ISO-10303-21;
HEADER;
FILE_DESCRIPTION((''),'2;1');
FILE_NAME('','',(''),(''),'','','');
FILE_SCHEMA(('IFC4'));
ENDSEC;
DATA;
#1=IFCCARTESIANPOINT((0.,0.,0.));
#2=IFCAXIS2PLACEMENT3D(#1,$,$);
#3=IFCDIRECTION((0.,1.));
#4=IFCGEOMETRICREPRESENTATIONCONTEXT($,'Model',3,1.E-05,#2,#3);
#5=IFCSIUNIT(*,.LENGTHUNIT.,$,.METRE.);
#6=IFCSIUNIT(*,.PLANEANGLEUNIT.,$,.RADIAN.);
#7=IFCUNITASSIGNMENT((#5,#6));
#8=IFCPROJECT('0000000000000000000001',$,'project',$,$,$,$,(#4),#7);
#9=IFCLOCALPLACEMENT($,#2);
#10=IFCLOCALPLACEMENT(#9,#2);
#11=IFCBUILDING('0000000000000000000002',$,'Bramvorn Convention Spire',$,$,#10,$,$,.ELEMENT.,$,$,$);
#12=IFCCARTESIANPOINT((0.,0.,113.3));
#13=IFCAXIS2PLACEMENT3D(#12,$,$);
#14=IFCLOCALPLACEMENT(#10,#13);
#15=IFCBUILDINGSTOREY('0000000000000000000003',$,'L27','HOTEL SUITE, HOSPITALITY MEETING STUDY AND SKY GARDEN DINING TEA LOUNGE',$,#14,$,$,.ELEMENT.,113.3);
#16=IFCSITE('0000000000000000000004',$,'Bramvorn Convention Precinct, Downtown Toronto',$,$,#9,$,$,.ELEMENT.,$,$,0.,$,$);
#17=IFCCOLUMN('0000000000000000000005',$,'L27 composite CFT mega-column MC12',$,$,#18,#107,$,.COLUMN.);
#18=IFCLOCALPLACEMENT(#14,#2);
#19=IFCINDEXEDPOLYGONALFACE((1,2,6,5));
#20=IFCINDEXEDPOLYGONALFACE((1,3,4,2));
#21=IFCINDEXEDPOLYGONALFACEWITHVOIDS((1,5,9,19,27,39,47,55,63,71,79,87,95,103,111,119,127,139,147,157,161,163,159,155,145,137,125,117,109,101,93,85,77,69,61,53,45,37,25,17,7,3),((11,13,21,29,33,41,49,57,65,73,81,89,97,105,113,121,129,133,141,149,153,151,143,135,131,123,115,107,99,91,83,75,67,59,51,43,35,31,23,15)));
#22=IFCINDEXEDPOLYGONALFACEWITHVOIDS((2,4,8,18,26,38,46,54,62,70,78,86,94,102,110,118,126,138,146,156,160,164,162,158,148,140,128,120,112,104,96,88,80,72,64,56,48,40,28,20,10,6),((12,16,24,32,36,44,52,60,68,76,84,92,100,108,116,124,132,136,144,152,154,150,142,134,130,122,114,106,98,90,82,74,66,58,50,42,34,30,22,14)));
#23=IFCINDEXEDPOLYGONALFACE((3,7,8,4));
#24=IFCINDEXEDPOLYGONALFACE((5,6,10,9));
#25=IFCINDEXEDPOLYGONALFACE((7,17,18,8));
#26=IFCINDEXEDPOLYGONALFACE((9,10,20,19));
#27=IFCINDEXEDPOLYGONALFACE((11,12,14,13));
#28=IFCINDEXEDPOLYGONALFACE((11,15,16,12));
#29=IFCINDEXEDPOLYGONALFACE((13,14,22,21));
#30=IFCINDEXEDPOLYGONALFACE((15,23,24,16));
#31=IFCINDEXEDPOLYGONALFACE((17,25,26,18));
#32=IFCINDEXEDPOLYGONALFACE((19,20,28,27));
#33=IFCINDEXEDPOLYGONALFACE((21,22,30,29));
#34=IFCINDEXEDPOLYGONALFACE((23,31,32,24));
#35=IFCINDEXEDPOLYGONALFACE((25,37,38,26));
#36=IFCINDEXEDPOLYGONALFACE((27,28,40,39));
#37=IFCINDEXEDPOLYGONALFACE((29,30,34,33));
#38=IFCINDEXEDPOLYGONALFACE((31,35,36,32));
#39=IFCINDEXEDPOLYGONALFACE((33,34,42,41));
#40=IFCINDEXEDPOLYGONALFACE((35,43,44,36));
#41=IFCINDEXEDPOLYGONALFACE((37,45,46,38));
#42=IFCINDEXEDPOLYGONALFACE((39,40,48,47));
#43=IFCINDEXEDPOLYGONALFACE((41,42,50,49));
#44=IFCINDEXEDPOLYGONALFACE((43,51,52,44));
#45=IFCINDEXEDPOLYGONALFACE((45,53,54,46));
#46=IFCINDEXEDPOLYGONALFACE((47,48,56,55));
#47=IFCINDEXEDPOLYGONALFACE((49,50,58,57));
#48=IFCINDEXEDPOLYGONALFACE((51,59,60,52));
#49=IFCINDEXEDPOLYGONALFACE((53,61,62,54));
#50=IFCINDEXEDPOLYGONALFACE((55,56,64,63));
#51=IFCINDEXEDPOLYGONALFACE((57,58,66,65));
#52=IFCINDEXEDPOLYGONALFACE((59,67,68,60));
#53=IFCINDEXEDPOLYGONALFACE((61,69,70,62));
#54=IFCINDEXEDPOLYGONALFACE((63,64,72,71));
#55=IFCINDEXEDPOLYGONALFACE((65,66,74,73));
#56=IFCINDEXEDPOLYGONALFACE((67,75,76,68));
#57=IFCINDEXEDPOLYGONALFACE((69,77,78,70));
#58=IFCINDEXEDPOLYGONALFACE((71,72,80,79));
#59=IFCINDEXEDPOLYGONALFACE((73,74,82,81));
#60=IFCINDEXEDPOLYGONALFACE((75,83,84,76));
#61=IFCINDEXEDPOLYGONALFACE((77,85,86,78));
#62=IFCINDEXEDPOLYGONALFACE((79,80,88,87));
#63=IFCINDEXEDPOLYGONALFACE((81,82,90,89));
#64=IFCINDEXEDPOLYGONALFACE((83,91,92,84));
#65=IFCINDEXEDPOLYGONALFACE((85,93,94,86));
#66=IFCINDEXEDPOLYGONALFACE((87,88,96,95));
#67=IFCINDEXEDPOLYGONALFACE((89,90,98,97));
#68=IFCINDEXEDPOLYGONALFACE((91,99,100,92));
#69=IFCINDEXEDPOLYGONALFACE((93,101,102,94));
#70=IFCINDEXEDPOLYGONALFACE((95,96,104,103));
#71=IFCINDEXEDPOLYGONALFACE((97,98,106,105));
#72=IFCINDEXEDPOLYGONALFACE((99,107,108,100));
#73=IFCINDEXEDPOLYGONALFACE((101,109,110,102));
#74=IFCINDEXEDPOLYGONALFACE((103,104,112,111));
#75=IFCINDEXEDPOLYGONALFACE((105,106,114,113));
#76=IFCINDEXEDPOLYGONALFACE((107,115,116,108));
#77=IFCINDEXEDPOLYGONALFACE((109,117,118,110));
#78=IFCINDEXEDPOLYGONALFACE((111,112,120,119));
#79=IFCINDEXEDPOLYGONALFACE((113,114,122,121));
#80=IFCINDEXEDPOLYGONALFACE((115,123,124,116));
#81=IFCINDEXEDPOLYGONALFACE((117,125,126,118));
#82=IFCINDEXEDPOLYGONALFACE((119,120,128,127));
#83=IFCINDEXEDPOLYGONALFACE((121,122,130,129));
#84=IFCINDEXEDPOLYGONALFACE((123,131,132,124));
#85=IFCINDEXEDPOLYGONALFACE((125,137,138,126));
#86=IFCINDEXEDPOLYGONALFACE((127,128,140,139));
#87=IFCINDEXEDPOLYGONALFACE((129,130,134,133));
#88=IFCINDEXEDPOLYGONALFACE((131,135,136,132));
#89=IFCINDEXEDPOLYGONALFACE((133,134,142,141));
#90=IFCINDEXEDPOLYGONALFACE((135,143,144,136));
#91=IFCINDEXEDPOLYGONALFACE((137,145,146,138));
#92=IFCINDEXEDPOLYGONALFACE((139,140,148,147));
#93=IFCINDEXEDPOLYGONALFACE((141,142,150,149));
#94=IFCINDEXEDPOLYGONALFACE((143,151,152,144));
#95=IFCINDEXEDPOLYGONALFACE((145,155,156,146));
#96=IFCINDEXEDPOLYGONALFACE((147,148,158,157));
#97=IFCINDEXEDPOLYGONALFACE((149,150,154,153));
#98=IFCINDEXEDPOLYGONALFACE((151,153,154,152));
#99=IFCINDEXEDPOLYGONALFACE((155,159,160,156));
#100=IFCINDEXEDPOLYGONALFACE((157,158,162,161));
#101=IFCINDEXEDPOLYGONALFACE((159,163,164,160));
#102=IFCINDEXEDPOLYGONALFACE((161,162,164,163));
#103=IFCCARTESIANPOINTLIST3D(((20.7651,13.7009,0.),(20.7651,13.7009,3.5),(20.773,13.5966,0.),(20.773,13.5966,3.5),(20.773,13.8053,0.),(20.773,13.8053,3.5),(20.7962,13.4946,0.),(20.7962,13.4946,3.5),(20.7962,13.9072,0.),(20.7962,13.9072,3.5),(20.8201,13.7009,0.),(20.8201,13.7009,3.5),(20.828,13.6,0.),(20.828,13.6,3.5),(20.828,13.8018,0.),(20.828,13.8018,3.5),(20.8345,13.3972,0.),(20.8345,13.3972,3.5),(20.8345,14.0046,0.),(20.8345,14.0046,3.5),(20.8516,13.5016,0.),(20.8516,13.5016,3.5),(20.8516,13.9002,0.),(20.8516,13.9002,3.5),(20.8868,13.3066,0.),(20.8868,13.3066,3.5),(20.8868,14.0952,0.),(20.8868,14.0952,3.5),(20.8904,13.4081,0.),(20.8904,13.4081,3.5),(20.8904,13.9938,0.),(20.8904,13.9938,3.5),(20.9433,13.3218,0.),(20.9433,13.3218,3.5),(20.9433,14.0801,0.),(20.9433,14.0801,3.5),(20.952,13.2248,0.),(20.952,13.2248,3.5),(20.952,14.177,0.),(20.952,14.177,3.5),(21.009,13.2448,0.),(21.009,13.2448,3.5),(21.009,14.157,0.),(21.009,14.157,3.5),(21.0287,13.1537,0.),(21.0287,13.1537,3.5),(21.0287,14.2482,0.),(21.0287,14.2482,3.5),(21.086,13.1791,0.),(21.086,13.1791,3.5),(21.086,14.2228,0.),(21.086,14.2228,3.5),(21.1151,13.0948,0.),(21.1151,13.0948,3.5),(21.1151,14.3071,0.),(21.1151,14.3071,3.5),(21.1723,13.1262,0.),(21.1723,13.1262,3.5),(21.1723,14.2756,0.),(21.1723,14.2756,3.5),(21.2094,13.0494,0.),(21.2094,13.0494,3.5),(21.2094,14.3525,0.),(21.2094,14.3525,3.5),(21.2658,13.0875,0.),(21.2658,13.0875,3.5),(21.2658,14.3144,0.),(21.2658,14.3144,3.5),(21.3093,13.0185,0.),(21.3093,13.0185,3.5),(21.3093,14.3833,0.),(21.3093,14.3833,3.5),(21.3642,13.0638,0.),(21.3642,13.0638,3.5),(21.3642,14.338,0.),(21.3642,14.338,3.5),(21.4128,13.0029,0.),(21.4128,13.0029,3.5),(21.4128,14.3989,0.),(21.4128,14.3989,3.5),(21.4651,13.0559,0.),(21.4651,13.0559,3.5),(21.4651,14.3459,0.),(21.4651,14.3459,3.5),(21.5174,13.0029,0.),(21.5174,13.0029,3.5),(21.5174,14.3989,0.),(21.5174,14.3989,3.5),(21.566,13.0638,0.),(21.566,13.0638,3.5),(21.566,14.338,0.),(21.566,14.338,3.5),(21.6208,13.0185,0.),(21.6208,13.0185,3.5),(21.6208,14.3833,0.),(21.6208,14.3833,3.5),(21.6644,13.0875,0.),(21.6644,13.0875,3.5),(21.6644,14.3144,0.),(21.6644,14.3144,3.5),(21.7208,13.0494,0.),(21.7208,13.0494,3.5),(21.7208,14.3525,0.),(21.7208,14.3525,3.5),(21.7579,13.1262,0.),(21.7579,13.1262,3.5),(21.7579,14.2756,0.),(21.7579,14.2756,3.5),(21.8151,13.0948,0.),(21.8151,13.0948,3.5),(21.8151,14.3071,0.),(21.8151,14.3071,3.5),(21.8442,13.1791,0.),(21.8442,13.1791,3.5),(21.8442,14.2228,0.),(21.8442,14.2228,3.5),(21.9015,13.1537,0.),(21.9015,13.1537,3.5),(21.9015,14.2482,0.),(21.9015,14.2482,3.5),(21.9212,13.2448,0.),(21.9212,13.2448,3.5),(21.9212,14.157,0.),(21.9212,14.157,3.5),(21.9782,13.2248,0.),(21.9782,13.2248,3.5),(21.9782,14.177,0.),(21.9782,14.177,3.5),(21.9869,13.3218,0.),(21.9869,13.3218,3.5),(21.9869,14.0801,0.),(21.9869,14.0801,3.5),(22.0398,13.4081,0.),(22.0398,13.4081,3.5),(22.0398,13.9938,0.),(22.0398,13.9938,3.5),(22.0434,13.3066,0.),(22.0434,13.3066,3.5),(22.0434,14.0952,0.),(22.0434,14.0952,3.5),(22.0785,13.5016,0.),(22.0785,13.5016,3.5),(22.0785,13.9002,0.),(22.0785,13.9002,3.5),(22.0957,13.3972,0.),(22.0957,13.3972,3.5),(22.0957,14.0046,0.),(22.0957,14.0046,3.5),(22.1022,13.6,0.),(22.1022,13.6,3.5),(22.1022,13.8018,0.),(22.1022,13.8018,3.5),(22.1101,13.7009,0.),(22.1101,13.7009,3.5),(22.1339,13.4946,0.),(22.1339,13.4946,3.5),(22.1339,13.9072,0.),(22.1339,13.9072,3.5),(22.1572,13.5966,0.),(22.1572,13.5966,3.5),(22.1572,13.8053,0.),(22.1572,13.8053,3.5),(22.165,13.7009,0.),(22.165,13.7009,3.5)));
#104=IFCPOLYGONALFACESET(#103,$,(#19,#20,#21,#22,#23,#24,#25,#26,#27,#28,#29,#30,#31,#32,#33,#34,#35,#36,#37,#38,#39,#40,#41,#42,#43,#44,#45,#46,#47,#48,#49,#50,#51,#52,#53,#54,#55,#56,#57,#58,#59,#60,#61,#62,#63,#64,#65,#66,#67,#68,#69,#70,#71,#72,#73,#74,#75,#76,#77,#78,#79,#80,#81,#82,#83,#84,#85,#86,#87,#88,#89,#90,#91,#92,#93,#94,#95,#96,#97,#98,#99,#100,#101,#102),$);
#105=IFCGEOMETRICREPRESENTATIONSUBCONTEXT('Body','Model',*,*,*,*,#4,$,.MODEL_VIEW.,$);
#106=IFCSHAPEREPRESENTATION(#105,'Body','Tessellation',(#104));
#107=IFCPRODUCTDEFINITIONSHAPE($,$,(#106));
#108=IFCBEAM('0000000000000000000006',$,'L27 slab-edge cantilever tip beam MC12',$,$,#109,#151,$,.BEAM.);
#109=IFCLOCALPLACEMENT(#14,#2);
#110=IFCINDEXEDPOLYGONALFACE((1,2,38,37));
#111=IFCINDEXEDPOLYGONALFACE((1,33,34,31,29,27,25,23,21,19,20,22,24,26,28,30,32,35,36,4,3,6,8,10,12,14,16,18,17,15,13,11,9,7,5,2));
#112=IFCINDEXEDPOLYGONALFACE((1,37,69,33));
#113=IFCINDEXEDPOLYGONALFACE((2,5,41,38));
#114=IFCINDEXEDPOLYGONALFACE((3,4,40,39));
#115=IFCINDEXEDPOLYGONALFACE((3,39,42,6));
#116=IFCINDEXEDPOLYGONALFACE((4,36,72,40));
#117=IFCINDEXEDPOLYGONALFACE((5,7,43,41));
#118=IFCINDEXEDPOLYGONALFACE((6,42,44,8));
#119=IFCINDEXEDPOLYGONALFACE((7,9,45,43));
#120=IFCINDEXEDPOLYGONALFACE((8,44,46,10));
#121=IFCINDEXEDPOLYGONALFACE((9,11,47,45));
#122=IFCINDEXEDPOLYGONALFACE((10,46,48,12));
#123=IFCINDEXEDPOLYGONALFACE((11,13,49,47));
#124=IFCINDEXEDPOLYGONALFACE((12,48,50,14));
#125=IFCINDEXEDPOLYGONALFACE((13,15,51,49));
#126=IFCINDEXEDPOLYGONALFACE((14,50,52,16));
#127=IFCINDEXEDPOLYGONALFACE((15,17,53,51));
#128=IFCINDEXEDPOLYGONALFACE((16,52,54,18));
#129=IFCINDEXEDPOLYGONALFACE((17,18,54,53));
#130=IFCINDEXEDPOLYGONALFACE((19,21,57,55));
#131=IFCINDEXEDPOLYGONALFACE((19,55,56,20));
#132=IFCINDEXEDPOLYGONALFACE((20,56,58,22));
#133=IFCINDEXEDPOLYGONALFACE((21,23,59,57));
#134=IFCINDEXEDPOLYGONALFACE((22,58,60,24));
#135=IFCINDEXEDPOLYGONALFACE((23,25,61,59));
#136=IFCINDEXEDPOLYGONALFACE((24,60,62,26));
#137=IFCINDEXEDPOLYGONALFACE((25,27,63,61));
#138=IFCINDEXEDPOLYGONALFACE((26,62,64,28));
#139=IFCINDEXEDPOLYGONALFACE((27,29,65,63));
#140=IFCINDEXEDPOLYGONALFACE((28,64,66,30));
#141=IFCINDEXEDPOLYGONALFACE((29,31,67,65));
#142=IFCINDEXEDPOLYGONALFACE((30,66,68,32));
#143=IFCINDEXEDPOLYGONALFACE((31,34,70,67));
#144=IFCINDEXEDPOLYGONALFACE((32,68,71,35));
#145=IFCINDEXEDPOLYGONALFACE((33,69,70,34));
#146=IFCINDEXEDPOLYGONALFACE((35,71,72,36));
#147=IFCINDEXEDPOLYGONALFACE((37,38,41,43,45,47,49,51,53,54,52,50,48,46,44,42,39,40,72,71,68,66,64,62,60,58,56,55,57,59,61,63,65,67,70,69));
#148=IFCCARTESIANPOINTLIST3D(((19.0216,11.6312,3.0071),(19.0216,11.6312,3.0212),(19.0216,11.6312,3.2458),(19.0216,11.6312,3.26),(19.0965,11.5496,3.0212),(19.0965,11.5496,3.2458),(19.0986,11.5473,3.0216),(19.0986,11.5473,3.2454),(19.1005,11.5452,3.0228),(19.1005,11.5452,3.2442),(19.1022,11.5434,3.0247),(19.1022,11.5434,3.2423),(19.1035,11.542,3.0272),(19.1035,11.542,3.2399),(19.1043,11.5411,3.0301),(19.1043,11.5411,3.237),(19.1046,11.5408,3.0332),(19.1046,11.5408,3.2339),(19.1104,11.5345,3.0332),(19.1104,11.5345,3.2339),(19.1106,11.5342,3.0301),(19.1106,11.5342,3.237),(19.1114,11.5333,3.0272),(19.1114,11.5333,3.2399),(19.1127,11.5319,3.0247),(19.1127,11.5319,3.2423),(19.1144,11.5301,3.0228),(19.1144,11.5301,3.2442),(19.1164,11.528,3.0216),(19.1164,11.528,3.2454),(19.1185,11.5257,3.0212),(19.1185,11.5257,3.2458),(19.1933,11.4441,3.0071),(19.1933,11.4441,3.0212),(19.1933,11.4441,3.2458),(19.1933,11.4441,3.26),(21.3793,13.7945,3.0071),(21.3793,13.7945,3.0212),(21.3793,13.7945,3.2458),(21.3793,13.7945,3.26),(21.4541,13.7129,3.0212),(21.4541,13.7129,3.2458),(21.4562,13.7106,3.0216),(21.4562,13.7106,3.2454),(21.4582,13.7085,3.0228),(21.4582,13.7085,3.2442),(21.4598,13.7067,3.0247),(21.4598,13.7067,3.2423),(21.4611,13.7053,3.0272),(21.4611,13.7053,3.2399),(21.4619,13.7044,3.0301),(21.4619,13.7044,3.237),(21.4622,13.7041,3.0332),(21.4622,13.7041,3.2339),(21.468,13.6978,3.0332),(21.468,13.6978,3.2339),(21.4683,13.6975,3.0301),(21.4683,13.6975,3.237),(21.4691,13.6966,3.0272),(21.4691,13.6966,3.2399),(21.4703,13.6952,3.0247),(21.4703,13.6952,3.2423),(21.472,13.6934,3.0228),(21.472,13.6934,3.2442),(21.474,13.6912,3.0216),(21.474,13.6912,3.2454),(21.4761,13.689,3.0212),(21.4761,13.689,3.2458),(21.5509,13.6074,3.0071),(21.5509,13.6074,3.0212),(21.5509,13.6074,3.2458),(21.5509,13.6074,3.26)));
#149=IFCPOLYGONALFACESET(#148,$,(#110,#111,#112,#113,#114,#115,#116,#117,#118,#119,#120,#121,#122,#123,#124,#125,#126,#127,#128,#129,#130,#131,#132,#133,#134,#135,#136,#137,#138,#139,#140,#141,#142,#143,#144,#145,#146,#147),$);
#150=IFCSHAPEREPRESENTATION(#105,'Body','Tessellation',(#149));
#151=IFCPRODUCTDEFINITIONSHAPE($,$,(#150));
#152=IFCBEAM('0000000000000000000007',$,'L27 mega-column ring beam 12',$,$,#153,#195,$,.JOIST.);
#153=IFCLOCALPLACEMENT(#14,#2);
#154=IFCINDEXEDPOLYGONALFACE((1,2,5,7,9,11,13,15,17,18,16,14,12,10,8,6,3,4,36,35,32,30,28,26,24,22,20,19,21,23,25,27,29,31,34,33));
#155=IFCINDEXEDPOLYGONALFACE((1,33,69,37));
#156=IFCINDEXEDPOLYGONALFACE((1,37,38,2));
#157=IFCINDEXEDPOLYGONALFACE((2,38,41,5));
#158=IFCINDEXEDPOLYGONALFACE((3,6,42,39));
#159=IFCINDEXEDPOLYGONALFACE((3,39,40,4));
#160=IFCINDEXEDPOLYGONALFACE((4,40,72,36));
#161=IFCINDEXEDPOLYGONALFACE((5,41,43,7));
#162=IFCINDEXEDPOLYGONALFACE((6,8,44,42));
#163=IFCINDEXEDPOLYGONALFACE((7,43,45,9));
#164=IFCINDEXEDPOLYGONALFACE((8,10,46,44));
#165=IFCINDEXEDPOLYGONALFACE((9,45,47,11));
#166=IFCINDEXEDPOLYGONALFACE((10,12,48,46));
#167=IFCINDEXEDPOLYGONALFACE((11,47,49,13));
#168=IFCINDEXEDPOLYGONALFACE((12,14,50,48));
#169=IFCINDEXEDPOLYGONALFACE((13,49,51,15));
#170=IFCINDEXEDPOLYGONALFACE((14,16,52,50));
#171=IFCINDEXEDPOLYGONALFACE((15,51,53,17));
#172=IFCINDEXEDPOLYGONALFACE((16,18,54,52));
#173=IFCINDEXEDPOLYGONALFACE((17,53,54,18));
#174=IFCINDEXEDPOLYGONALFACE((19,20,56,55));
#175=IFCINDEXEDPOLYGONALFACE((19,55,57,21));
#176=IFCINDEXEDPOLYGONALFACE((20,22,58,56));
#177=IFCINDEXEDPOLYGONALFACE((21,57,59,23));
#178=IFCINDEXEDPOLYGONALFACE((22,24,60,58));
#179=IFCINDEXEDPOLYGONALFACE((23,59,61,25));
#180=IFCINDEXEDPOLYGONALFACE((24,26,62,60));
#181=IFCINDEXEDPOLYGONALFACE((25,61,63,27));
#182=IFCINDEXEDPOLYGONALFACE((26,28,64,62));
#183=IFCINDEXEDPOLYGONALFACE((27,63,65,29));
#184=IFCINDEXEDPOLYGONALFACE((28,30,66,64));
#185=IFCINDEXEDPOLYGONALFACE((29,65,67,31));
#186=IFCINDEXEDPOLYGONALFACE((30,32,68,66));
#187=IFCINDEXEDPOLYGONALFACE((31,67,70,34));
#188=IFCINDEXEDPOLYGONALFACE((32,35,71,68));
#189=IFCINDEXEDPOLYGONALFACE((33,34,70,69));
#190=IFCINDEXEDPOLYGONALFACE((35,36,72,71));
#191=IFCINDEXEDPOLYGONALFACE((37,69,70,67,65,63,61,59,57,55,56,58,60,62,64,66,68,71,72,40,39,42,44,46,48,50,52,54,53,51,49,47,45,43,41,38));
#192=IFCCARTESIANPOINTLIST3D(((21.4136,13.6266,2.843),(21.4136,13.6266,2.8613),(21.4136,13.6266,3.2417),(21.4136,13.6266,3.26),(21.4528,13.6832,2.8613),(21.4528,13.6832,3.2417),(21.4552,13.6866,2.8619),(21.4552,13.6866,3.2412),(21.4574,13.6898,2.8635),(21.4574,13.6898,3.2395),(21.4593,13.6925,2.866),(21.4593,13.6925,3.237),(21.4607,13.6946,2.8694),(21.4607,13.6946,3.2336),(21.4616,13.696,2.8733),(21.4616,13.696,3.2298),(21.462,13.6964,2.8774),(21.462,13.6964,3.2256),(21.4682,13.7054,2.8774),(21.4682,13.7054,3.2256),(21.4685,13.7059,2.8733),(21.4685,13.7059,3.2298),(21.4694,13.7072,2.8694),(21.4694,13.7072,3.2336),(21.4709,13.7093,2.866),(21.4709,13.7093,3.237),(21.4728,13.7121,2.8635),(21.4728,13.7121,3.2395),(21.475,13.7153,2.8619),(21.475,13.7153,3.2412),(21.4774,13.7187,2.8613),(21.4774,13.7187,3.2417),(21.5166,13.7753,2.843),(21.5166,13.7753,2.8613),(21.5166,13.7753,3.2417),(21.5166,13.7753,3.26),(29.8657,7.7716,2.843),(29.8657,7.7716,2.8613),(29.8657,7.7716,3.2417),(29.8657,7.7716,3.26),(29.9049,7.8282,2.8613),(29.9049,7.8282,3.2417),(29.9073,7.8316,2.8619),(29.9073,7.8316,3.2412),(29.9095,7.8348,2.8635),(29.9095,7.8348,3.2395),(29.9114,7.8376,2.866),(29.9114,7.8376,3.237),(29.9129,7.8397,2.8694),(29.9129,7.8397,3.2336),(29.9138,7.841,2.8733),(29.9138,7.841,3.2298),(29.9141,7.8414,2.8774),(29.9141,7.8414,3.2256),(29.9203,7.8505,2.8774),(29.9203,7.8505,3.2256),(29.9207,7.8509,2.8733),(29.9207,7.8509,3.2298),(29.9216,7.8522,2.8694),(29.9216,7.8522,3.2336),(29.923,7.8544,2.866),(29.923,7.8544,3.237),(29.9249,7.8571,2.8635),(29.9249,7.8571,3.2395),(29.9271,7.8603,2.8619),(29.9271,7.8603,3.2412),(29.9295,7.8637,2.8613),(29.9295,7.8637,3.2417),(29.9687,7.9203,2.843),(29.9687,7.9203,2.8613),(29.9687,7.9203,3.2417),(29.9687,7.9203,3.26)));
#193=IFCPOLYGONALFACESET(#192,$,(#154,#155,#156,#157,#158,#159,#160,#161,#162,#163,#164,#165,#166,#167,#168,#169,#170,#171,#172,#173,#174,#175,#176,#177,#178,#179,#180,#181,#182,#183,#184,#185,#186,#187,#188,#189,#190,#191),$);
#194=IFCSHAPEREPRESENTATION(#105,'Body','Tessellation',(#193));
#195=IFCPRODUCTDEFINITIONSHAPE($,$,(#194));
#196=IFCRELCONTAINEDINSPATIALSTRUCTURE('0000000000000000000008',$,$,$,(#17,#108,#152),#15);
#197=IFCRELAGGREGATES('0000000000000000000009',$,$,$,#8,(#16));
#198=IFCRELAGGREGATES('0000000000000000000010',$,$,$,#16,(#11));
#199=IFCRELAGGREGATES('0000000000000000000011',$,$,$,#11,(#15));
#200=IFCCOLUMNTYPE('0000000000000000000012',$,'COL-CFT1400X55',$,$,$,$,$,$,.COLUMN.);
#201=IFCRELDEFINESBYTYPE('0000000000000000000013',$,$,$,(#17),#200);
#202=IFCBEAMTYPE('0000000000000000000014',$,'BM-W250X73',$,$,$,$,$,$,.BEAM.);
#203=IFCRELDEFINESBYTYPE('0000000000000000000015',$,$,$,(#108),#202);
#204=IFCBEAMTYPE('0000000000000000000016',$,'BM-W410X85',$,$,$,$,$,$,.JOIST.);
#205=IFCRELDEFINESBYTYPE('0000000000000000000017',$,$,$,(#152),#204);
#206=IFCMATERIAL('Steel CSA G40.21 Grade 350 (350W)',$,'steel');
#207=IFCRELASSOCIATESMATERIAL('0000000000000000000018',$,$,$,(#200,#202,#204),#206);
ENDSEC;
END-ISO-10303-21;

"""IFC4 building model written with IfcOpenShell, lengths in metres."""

from ifc_helpers import new_model, si_unit, direction, frame, origin, origin_2d, place, context, subcontext, project, spatial, hollow_circle, i_section, extrude, material, material_profile, profile_set, type_object, element, save


model = new_model("IFC4")

# Units and contexts
model_context = context("Model", 3, precision=1e-05, world=origin(), true_north=direction((0.0, 1.0)))
body_context = subcontext(model_context, "Body", "Model", "MODEL_VIEW")
ifc_project = project(units=[si_unit("LENGTHUNIT", "METRE"), si_unit("PLANEANGLEUNIT", "RADIAN")], contexts=[model_context])

# Site, building, storey
site_placement = place(None, origin())
site = spatial("IfcSite", under=ifc_project, at=site_placement, Name="Bramvorn Convention Precinct, Downtown Toronto", CompositionType="ELEMENT", RefElevation=0.0)
building_placement = place(site_placement, origin())
building = spatial("IfcBuilding", under=site, at=building_placement, Name="Bramvorn Convention Spire", CompositionType="ELEMENT")
storey_placement = place(building_placement, frame((0.0, 0.0, 113.3)))
storey = spatial("IfcBuildingStorey", under=building, at=storey_placement, Name="L27", Description="HOTEL SUITE, HOSPITALITY MEETING STUDY AND SKY GARDEN DINING TEA LOUNGE", CompositionType="ELEMENT", Elevation=113.3)

# Column
ifc_material_1 = material(Name="Steel CSA G40.21 Grade 350 (350W)", Category="steel")
ifc_material_profile_1 = material_profile(ifc_material_1, hollow_circle(Radius=0.7, WallThickness=0.0549, at=origin_2d()))
ifc_profile_set_1 = profile_set([ifc_material_profile_1], Name="Steel CSA G40.21 Grade 350 (350W) - CFT1400X55")
column_type = type_object("IfcColumnType", Name="COL-CFT1400X55", PredefinedType="COLUMN", material=ifc_profile_set_1)
column_placement = place(storey_placement, frame((21.4651, 13.7009, 0.0), z_axis=(0.0, 0.0, 1.0), x_axis=(1.0, 0.0, 0.0)))
element("IfcColumn", 1, at=column_placement, inside=storey, type_object=column_type, Name="L27 composite CFT mega-column MC12", PredefinedType="COLUMN", context=body_context, shape_type="SweptSolid", body=[
    extrude(hollow_circle(Radius=0.7, WallThickness=0.0549, at=origin_2d()), origin(), (0.0, 0.0, 1.0), 3.5),
])

# Beams
ifc_material_profile_2 = material_profile(ifc_material_1, i_section(OverallWidth=0.2539, OverallDepth=0.2529, WebThickness=0.0085, FlangeThickness=0.0142, FilletRadius=0.012, at=origin_2d()))
ifc_profile_set_2 = profile_set([ifc_material_profile_2], Name="Steel CSA G40.21 Grade 350 (350W) - W250X73")
beam_type_1 = type_object("IfcBeamType", Name="BM-W250X73", PredefinedType="BEAM", material=ifc_profile_set_2)
beam_1_placement = place(storey_placement, frame((21.4651, 13.7009, 3.1335), z_axis=(-0.736822, -0.676087, 0.0), x_axis=(0.676087, -0.736822, 0.0)))
element("IfcBeam", 2, at=beam_1_placement, inside=storey, type_object=beam_type_1, Name="L27 slab-edge cantilever tip beam MC12", PredefinedType="BEAM", context=body_context, shape_type="SweptSolid", body=[
    extrude(i_section(OverallWidth=0.2539, OverallDepth=0.2529, WebThickness=0.0085, FlangeThickness=0.0142, FilletRadius=0.012, at=origin_2d()), origin(), (0.0, 0.0, 1.0), 3.1997),
])
ifc_material_profile_3 = material_profile(ifc_material_1, i_section(OverallWidth=0.1809, OverallDepth=0.417, WebThickness=0.011, FlangeThickness=0.0183, FilletRadius=0.0161, at=origin_2d()))
ifc_profile_set_3 = profile_set([ifc_material_profile_3], Name="Steel CSA G40.21 Grade 350 (350W) - W410X85")
beam_type_2 = type_object("IfcBeamType", Name="BM-W410X85", PredefinedType="JOIST", material=ifc_profile_set_3)
beam_2_placement = place(storey_placement, frame((21.4651, 13.7009, 3.0515), z_axis=(0.822033, -0.56944, 0.0), x_axis=(0.56944, 0.822033, 0.0)))
element("IfcBeam", 3, at=beam_2_placement, inside=storey, type_object=beam_type_2, Name="L27 mega-column ring beam 12", PredefinedType="JOIST", context=body_context, shape_type="SweptSolid", body=[
    extrude(i_section(OverallWidth=0.1809, OverallDepth=0.417, WebThickness=0.011, FlangeThickness=0.0183, FilletRadius=0.0161, at=origin_2d()), origin(), (0.0, 0.0, 1.0), 10.282),
])

save(model, "model.ifc")
